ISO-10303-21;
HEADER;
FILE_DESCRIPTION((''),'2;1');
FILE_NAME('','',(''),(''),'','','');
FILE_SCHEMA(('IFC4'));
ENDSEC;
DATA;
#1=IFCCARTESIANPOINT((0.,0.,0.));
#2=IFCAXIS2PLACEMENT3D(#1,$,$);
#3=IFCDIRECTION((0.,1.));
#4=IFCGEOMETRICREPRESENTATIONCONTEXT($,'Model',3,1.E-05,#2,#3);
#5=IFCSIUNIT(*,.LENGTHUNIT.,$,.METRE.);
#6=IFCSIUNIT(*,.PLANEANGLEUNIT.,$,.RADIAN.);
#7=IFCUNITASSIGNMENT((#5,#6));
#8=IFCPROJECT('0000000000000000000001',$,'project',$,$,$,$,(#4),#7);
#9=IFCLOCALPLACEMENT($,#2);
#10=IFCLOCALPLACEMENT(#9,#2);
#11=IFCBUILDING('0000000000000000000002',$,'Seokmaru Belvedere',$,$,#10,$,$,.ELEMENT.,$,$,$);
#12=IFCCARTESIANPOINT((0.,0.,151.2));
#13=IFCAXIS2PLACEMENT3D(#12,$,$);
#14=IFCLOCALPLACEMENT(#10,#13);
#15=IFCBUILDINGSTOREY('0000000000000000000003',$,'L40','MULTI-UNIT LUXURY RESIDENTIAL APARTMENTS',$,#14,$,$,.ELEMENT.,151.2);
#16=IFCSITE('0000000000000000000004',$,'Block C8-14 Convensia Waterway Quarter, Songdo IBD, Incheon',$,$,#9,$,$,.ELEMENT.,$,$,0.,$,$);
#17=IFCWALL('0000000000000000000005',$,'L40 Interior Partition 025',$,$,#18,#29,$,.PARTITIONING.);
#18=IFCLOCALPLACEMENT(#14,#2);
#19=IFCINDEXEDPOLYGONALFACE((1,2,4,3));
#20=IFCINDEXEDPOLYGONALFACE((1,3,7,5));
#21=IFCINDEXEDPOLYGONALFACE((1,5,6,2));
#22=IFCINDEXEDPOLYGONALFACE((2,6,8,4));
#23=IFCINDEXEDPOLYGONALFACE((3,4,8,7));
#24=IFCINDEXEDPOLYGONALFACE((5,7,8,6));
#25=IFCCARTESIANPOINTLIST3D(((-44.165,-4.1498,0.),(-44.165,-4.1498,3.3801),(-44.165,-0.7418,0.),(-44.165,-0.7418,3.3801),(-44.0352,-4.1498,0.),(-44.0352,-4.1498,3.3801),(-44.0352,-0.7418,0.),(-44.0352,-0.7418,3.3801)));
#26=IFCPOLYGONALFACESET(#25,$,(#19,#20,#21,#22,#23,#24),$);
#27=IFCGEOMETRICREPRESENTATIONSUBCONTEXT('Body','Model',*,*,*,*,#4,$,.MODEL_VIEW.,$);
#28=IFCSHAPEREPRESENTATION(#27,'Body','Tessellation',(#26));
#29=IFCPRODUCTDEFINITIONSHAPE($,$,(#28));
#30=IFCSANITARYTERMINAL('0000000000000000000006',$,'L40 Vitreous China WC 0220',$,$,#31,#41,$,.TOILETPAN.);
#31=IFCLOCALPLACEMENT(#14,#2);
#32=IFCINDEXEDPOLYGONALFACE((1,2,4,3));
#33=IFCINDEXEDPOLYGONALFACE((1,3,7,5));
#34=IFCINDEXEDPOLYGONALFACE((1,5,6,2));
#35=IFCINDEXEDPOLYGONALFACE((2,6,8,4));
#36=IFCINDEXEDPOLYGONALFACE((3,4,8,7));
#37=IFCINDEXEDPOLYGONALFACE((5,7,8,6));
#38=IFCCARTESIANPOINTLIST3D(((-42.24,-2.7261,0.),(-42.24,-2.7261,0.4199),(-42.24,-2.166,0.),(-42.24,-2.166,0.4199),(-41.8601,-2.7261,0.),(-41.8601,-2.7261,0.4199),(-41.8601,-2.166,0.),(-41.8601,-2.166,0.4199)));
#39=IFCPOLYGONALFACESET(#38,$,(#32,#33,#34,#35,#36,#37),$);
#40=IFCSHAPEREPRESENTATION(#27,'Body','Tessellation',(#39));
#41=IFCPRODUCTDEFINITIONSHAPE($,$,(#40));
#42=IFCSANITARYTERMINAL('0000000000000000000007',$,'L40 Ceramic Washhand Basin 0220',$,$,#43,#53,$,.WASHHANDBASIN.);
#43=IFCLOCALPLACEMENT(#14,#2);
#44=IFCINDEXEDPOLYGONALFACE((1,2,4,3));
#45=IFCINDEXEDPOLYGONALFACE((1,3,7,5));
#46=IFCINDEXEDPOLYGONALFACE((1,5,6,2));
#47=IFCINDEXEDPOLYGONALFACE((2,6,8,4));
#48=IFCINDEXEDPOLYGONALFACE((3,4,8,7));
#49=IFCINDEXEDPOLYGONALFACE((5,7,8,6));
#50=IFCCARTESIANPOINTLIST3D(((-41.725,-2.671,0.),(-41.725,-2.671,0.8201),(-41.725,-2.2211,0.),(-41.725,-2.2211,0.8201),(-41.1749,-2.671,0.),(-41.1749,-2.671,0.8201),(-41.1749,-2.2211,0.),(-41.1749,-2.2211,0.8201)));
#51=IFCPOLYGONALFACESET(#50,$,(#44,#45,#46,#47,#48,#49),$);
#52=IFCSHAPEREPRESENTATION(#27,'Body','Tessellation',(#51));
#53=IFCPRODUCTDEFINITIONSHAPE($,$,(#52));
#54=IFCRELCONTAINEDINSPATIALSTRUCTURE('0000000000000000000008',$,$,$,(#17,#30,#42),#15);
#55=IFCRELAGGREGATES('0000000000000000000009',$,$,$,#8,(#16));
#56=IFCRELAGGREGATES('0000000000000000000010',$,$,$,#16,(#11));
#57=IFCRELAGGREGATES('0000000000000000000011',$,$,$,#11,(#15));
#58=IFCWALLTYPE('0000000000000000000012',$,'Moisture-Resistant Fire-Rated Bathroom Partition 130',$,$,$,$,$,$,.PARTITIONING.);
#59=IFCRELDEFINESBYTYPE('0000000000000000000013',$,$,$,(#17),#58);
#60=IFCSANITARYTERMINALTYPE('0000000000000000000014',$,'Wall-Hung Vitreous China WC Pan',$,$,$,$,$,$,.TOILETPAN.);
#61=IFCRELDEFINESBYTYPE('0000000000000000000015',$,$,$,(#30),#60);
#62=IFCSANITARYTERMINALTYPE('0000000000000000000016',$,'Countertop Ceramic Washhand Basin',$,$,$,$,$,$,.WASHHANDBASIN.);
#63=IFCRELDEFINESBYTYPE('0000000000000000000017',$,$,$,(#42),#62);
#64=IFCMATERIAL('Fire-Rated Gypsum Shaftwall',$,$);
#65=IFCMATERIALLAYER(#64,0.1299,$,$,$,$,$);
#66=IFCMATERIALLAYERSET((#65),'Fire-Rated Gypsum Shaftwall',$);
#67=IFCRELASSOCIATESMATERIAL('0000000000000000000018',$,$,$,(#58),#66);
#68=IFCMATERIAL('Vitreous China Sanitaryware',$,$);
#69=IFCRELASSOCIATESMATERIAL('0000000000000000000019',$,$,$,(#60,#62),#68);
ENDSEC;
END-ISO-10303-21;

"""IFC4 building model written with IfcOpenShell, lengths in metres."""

from ifc_helpers import new_model, si_unit, direction, frame, frame_2d, origin, origin_2d, place, context, subcontext, project, spatial, rectangle, extrude, source, transform, mapped, material, layer, layer_set, type_object, type_shapes, element, save


model = new_model("IFC4")

# Units and contexts
model_context = context("Model", 3, precision=1e-05, world=origin(), true_north=direction((0.0, 1.0)))
body_context = subcontext(model_context, "Body", "Model", "MODEL_VIEW")
ifc_project = project(units=[si_unit("LENGTHUNIT", "METRE"), si_unit("PLANEANGLEUNIT", "RADIAN")], contexts=[model_context])

# Site, building, storey
site_placement = place(None, origin())
site = spatial("IfcSite", under=ifc_project, at=site_placement, Name="Block C8-14 Convensia Waterway Quarter, Songdo IBD, Incheon", CompositionType="ELEMENT", RefElevation=0.0)
building_placement = place(site_placement, origin())
building = spatial("IfcBuilding", under=site, at=building_placement, Name="Seokmaru Belvedere", CompositionType="ELEMENT")
storey_placement = place(building_placement, frame((0.0, 0.0, 151.2)))
storey = spatial("IfcBuildingStorey", under=building, at=storey_placement, Name="L40", Description="MULTI-UNIT LUXURY RESIDENTIAL APARTMENTS", CompositionType="ELEMENT", Elevation=151.2)

# Shared definitions
ifc_material_1 = material(Name="Fire-Rated Gypsum Shaftwall")

# Wall
ifc_layer_1 = layer(ifc_material_1, 0.1299)
ifc_layer_set_1 = layer_set([ifc_layer_1], Name="Fire-Rated Gypsum Shaftwall")
wall_type_1 = type_object("IfcWallType", Name="Moisture-Resistant Fire-Rated Bathroom Partition 130", PredefinedType="PARTITIONING", material=ifc_layer_set_1)
wall_1_placement = place(storey_placement, frame((-44.1001, -4.1499, 0.0), z_axis=(0.0, 0.0, 1.0), x_axis=(0.0, 1.0, 0.0)))
element("IfcWall", 1, at=wall_1_placement, inside=storey, type_object=wall_type_1, Name="L40 Interior Partition 025", PredefinedType="PARTITIONING", context=body_context, shape_type="SweptSolid", body=[
    extrude(rectangle(XDim=3.408, YDim=0.1299, at=frame_2d((1.7041, 0.0))), origin(), (0.0, 0.0, 1.0), 3.3801),
])

# Sanitary terminals
ifc_material_2 = material(Name="Vitreous China Sanitaryware")
sanitary_terminal_type_1 = type_object("IfcSanitaryTerminalType", Name="Wall-Hung Vitreous China WC Pan", PredefinedType="TOILETPAN", material=ifc_material_2)
shared_shape_1 = source(origin(), body_context, "Body", "SweptSolid", [
    extrude(rectangle(XDim=0.3799, YDim=0.5601, at=origin_2d()), origin(), (0.0, 0.0, 1.0), 0.4199),
])
type_shapes(sanitary_terminal_type_1, [shared_shape_1])
sanitary_terminal_1_placement = place(storey_placement, frame((-42.05, -2.446, 0.0), z_axis=(0.0, 0.0, 1.0), x_axis=(1.0, 0.0, 0.0)))
element("IfcSanitaryTerminal", 2, at=sanitary_terminal_1_placement, inside=storey, type_object=sanitary_terminal_type_1, Name="L40 Vitreous China WC 0220", PredefinedType="TOILETPAN", context=body_context, shape_type="MappedRepresentation", body=[
    mapped(shared_shape_1, transform((0.0, 0.0, 0.0), scale=1.0)),
])
sanitary_terminal_type_2 = type_object("IfcSanitaryTerminalType", Name="Countertop Ceramic Washhand Basin", PredefinedType="WASHHANDBASIN", material=ifc_material_2)
shared_shape_2 = source(origin(), body_context, "Body", "SweptSolid", [
    extrude(rectangle(XDim=0.55, YDim=0.45, at=origin_2d()), origin(), (0.0, 0.0, 1.0), 0.8201),
])
type_shapes(sanitary_terminal_type_2, [shared_shape_2])
sanitary_terminal_2_placement = place(storey_placement, frame((-41.45, -2.446, 0.0), z_axis=(0.0, 0.0, 1.0), x_axis=(1.0, 0.0, 0.0)))
element("IfcSanitaryTerminal", 3, at=sanitary_terminal_2_placement, inside=storey, type_object=sanitary_terminal_type_2, Name="L40 Ceramic Washhand Basin 0220", PredefinedType="WASHHANDBASIN", context=body_context, shape_type="MappedRepresentation", body=[
    mapped(shared_shape_2, transform((0.0, 0.0, 0.0), scale=1.0)),
])

save(model, "model.ifc")
